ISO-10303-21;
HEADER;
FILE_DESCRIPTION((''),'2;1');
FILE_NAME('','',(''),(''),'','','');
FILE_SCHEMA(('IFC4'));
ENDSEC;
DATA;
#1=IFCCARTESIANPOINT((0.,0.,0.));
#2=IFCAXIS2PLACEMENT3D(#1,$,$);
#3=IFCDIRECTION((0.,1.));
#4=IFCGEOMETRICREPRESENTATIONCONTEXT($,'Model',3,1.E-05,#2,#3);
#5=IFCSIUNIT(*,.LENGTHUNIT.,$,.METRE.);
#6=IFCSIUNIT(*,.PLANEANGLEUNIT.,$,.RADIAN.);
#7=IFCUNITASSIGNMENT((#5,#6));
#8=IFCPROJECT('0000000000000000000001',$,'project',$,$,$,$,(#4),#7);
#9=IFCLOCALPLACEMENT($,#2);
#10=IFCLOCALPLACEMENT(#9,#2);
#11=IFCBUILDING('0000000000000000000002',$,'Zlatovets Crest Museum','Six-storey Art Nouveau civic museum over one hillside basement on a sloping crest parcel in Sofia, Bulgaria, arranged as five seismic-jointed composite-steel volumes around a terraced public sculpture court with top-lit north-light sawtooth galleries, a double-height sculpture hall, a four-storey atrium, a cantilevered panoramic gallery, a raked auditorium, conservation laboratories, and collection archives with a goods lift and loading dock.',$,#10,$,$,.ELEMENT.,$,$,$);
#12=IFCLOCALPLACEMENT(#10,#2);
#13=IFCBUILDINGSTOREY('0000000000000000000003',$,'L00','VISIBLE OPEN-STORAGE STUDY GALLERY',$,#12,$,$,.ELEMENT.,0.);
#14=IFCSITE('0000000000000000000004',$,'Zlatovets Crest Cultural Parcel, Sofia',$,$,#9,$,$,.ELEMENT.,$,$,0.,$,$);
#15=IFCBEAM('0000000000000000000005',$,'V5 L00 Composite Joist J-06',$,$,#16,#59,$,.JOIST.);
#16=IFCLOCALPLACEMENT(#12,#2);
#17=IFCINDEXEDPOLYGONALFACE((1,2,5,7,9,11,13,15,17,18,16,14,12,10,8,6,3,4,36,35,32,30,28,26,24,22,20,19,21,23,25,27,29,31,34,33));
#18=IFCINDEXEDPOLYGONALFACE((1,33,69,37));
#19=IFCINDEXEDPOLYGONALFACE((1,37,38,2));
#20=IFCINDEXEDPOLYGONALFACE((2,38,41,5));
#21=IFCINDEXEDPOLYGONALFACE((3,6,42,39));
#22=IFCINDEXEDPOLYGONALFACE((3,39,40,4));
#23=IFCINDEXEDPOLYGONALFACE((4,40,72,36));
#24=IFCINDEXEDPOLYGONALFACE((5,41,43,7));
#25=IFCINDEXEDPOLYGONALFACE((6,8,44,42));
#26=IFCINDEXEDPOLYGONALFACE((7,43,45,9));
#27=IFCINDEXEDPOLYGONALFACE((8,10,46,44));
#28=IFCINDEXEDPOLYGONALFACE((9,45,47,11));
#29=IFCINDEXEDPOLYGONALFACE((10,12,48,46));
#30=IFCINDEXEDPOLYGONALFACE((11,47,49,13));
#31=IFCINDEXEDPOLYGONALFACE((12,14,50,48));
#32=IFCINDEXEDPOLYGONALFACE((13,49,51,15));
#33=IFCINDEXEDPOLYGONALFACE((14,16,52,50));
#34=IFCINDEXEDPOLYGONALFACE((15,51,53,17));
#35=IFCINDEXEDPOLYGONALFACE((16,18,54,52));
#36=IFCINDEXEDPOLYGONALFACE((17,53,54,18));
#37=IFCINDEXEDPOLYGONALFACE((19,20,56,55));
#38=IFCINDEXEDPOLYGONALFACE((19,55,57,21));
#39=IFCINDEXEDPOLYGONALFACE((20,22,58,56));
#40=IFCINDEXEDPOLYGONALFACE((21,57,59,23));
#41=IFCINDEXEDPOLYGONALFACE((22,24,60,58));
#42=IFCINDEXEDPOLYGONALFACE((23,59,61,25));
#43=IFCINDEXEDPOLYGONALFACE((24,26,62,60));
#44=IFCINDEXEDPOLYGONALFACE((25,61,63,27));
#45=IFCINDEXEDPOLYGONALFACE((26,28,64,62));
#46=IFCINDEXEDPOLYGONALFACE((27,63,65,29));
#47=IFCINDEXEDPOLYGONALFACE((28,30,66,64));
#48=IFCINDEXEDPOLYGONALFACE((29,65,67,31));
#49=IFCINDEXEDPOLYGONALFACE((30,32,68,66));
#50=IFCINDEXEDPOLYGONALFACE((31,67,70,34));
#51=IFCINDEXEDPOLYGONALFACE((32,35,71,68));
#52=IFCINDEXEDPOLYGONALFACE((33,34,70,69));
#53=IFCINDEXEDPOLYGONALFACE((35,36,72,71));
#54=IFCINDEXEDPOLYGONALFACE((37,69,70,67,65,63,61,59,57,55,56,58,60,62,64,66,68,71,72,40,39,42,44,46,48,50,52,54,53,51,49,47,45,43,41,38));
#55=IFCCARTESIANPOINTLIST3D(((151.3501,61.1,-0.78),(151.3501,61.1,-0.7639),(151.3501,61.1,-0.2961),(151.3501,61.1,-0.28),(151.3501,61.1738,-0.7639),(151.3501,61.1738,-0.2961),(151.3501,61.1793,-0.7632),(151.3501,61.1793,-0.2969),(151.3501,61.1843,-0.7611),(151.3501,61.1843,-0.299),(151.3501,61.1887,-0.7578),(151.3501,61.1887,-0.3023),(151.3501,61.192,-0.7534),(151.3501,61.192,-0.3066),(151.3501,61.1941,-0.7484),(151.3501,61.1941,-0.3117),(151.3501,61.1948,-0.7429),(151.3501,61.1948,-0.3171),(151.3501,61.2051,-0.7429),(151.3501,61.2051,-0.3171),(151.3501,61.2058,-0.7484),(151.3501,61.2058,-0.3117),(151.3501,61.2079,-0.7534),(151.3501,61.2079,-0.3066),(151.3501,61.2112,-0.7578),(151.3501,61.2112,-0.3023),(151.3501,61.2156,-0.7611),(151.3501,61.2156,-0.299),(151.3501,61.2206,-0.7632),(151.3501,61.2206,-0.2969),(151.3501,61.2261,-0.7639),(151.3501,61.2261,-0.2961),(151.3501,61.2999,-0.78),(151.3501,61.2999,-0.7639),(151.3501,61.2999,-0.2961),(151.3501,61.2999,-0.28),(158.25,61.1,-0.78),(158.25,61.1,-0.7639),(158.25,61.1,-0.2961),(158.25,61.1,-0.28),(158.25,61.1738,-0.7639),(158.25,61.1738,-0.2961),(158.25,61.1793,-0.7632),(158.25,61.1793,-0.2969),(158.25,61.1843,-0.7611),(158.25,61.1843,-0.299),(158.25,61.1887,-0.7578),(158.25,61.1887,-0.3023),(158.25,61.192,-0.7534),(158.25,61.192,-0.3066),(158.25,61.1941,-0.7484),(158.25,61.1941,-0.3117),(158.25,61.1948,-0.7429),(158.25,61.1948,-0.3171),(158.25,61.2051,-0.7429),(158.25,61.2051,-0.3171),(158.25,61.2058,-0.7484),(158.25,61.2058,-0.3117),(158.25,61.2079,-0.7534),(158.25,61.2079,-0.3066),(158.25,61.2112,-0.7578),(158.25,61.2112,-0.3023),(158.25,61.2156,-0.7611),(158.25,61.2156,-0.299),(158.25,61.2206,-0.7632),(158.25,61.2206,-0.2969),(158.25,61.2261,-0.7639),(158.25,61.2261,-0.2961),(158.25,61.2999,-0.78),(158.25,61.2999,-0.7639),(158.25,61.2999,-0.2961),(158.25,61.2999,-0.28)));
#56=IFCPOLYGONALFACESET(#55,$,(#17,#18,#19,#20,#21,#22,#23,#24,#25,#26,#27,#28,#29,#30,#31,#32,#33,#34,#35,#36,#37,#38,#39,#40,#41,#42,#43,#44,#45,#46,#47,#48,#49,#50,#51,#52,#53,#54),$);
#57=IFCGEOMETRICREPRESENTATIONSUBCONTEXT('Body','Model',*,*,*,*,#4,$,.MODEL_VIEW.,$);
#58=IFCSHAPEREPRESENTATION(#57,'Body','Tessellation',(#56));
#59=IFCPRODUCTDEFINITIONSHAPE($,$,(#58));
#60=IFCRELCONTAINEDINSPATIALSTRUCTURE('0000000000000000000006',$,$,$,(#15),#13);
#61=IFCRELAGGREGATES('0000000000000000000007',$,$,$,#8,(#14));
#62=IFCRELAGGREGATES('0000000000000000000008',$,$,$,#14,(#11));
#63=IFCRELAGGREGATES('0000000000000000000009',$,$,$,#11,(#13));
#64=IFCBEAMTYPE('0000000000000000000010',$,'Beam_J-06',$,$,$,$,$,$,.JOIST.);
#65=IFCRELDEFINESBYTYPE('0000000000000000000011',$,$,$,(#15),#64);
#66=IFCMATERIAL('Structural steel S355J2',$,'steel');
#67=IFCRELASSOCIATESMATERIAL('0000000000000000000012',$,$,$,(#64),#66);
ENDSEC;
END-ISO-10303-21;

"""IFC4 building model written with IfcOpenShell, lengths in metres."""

from ifc_helpers import new_model, si_unit, direction, frame, origin, origin_2d, place, context, subcontext, project, spatial, i_section, extrude, material, material_profile, profile_set, type_object, element, save


model = new_model("IFC4")

# Units and contexts
model_context = context("Model", 3, precision=1e-05, world=origin(), true_north=direction((0.0, 1.0)))
body_context = subcontext(model_context, "Body", "Model", "MODEL_VIEW")
ifc_project = project(units=[si_unit("LENGTHUNIT", "METRE"), si_unit("PLANEANGLEUNIT", "RADIAN")], contexts=[model_context])

# Site, building, storey
site_placement = place(None, origin())
site = spatial("IfcSite", under=ifc_project, at=site_placement, Name="Zlatovets Crest Cultural Parcel, Sofia", CompositionType="ELEMENT", RefElevation=0.0)
building_placement = place(site_placement, origin())
building = spatial("IfcBuilding", under=site, at=building_placement, Name="Zlatovets Crest Museum", Description="Six-storey Art Nouveau civic museum over one hillside basement on a sloping crest parcel in Sofia, Bulgaria, arranged as five seismic-jointed composite-steel volumes around a terraced public sculpture court with top-lit north-light sawtooth galleries, a double-height sculpture hall, a four-storey atrium, a cantilevered panoramic gallery, a raked auditorium, conservation laboratories, and collection archives with a goods lift and loading dock.", CompositionType="ELEMENT")
storey_placement = place(building_placement, origin())
storey = spatial("IfcBuildingStorey", under=building, at=storey_placement, Name="L00", Description="VISIBLE OPEN-STORAGE STUDY GALLERY", CompositionType="ELEMENT", Elevation=0.0)

# Shared definitions
ifc_material = material(Name="Structural steel S355J2", Category="steel")

# Beam
ifc_material_profile_1 = material_profile(ifc_material, i_section(OverallWidth=0.2, OverallDepth=0.5, WebThickness=0.0103, FlangeThickness=0.0161, FilletRadius=0.021, at=origin_2d()), Name="IPE 500")
ifc_profile_set_1 = profile_set([ifc_material_profile_1], Name="Structural steel S355J2")
beam_type_1 = type_object("IfcBeamType", Name="Beam_J-06", PredefinedType="JOIST", material=ifc_profile_set_1)
for number, where, z_axis, x_axis, name in (
    (1, (151.3501, 61.2, -0.53), (1.0, 0.0, 0.0), (0.0, 1.0, 0.0), "V5 L00 Composite Joist J-06"),
):
    element("IfcBeam", number, at=place(storey_placement, frame(where, z_axis=z_axis, x_axis=x_axis)), inside=storey, type_object=beam_type_1, Name=name, PredefinedType="JOIST", context=body_context, shape_type="SweptSolid", body=[
        extrude(i_section(OverallWidth=0.2, OverallDepth=0.5, WebThickness=0.0103, FlangeThickness=0.0161, FilletRadius=0.021, at=origin_2d()), origin(), (0.0, 0.0, 1.0), 6.8999),
    ])

save(model, "model.ifc")
